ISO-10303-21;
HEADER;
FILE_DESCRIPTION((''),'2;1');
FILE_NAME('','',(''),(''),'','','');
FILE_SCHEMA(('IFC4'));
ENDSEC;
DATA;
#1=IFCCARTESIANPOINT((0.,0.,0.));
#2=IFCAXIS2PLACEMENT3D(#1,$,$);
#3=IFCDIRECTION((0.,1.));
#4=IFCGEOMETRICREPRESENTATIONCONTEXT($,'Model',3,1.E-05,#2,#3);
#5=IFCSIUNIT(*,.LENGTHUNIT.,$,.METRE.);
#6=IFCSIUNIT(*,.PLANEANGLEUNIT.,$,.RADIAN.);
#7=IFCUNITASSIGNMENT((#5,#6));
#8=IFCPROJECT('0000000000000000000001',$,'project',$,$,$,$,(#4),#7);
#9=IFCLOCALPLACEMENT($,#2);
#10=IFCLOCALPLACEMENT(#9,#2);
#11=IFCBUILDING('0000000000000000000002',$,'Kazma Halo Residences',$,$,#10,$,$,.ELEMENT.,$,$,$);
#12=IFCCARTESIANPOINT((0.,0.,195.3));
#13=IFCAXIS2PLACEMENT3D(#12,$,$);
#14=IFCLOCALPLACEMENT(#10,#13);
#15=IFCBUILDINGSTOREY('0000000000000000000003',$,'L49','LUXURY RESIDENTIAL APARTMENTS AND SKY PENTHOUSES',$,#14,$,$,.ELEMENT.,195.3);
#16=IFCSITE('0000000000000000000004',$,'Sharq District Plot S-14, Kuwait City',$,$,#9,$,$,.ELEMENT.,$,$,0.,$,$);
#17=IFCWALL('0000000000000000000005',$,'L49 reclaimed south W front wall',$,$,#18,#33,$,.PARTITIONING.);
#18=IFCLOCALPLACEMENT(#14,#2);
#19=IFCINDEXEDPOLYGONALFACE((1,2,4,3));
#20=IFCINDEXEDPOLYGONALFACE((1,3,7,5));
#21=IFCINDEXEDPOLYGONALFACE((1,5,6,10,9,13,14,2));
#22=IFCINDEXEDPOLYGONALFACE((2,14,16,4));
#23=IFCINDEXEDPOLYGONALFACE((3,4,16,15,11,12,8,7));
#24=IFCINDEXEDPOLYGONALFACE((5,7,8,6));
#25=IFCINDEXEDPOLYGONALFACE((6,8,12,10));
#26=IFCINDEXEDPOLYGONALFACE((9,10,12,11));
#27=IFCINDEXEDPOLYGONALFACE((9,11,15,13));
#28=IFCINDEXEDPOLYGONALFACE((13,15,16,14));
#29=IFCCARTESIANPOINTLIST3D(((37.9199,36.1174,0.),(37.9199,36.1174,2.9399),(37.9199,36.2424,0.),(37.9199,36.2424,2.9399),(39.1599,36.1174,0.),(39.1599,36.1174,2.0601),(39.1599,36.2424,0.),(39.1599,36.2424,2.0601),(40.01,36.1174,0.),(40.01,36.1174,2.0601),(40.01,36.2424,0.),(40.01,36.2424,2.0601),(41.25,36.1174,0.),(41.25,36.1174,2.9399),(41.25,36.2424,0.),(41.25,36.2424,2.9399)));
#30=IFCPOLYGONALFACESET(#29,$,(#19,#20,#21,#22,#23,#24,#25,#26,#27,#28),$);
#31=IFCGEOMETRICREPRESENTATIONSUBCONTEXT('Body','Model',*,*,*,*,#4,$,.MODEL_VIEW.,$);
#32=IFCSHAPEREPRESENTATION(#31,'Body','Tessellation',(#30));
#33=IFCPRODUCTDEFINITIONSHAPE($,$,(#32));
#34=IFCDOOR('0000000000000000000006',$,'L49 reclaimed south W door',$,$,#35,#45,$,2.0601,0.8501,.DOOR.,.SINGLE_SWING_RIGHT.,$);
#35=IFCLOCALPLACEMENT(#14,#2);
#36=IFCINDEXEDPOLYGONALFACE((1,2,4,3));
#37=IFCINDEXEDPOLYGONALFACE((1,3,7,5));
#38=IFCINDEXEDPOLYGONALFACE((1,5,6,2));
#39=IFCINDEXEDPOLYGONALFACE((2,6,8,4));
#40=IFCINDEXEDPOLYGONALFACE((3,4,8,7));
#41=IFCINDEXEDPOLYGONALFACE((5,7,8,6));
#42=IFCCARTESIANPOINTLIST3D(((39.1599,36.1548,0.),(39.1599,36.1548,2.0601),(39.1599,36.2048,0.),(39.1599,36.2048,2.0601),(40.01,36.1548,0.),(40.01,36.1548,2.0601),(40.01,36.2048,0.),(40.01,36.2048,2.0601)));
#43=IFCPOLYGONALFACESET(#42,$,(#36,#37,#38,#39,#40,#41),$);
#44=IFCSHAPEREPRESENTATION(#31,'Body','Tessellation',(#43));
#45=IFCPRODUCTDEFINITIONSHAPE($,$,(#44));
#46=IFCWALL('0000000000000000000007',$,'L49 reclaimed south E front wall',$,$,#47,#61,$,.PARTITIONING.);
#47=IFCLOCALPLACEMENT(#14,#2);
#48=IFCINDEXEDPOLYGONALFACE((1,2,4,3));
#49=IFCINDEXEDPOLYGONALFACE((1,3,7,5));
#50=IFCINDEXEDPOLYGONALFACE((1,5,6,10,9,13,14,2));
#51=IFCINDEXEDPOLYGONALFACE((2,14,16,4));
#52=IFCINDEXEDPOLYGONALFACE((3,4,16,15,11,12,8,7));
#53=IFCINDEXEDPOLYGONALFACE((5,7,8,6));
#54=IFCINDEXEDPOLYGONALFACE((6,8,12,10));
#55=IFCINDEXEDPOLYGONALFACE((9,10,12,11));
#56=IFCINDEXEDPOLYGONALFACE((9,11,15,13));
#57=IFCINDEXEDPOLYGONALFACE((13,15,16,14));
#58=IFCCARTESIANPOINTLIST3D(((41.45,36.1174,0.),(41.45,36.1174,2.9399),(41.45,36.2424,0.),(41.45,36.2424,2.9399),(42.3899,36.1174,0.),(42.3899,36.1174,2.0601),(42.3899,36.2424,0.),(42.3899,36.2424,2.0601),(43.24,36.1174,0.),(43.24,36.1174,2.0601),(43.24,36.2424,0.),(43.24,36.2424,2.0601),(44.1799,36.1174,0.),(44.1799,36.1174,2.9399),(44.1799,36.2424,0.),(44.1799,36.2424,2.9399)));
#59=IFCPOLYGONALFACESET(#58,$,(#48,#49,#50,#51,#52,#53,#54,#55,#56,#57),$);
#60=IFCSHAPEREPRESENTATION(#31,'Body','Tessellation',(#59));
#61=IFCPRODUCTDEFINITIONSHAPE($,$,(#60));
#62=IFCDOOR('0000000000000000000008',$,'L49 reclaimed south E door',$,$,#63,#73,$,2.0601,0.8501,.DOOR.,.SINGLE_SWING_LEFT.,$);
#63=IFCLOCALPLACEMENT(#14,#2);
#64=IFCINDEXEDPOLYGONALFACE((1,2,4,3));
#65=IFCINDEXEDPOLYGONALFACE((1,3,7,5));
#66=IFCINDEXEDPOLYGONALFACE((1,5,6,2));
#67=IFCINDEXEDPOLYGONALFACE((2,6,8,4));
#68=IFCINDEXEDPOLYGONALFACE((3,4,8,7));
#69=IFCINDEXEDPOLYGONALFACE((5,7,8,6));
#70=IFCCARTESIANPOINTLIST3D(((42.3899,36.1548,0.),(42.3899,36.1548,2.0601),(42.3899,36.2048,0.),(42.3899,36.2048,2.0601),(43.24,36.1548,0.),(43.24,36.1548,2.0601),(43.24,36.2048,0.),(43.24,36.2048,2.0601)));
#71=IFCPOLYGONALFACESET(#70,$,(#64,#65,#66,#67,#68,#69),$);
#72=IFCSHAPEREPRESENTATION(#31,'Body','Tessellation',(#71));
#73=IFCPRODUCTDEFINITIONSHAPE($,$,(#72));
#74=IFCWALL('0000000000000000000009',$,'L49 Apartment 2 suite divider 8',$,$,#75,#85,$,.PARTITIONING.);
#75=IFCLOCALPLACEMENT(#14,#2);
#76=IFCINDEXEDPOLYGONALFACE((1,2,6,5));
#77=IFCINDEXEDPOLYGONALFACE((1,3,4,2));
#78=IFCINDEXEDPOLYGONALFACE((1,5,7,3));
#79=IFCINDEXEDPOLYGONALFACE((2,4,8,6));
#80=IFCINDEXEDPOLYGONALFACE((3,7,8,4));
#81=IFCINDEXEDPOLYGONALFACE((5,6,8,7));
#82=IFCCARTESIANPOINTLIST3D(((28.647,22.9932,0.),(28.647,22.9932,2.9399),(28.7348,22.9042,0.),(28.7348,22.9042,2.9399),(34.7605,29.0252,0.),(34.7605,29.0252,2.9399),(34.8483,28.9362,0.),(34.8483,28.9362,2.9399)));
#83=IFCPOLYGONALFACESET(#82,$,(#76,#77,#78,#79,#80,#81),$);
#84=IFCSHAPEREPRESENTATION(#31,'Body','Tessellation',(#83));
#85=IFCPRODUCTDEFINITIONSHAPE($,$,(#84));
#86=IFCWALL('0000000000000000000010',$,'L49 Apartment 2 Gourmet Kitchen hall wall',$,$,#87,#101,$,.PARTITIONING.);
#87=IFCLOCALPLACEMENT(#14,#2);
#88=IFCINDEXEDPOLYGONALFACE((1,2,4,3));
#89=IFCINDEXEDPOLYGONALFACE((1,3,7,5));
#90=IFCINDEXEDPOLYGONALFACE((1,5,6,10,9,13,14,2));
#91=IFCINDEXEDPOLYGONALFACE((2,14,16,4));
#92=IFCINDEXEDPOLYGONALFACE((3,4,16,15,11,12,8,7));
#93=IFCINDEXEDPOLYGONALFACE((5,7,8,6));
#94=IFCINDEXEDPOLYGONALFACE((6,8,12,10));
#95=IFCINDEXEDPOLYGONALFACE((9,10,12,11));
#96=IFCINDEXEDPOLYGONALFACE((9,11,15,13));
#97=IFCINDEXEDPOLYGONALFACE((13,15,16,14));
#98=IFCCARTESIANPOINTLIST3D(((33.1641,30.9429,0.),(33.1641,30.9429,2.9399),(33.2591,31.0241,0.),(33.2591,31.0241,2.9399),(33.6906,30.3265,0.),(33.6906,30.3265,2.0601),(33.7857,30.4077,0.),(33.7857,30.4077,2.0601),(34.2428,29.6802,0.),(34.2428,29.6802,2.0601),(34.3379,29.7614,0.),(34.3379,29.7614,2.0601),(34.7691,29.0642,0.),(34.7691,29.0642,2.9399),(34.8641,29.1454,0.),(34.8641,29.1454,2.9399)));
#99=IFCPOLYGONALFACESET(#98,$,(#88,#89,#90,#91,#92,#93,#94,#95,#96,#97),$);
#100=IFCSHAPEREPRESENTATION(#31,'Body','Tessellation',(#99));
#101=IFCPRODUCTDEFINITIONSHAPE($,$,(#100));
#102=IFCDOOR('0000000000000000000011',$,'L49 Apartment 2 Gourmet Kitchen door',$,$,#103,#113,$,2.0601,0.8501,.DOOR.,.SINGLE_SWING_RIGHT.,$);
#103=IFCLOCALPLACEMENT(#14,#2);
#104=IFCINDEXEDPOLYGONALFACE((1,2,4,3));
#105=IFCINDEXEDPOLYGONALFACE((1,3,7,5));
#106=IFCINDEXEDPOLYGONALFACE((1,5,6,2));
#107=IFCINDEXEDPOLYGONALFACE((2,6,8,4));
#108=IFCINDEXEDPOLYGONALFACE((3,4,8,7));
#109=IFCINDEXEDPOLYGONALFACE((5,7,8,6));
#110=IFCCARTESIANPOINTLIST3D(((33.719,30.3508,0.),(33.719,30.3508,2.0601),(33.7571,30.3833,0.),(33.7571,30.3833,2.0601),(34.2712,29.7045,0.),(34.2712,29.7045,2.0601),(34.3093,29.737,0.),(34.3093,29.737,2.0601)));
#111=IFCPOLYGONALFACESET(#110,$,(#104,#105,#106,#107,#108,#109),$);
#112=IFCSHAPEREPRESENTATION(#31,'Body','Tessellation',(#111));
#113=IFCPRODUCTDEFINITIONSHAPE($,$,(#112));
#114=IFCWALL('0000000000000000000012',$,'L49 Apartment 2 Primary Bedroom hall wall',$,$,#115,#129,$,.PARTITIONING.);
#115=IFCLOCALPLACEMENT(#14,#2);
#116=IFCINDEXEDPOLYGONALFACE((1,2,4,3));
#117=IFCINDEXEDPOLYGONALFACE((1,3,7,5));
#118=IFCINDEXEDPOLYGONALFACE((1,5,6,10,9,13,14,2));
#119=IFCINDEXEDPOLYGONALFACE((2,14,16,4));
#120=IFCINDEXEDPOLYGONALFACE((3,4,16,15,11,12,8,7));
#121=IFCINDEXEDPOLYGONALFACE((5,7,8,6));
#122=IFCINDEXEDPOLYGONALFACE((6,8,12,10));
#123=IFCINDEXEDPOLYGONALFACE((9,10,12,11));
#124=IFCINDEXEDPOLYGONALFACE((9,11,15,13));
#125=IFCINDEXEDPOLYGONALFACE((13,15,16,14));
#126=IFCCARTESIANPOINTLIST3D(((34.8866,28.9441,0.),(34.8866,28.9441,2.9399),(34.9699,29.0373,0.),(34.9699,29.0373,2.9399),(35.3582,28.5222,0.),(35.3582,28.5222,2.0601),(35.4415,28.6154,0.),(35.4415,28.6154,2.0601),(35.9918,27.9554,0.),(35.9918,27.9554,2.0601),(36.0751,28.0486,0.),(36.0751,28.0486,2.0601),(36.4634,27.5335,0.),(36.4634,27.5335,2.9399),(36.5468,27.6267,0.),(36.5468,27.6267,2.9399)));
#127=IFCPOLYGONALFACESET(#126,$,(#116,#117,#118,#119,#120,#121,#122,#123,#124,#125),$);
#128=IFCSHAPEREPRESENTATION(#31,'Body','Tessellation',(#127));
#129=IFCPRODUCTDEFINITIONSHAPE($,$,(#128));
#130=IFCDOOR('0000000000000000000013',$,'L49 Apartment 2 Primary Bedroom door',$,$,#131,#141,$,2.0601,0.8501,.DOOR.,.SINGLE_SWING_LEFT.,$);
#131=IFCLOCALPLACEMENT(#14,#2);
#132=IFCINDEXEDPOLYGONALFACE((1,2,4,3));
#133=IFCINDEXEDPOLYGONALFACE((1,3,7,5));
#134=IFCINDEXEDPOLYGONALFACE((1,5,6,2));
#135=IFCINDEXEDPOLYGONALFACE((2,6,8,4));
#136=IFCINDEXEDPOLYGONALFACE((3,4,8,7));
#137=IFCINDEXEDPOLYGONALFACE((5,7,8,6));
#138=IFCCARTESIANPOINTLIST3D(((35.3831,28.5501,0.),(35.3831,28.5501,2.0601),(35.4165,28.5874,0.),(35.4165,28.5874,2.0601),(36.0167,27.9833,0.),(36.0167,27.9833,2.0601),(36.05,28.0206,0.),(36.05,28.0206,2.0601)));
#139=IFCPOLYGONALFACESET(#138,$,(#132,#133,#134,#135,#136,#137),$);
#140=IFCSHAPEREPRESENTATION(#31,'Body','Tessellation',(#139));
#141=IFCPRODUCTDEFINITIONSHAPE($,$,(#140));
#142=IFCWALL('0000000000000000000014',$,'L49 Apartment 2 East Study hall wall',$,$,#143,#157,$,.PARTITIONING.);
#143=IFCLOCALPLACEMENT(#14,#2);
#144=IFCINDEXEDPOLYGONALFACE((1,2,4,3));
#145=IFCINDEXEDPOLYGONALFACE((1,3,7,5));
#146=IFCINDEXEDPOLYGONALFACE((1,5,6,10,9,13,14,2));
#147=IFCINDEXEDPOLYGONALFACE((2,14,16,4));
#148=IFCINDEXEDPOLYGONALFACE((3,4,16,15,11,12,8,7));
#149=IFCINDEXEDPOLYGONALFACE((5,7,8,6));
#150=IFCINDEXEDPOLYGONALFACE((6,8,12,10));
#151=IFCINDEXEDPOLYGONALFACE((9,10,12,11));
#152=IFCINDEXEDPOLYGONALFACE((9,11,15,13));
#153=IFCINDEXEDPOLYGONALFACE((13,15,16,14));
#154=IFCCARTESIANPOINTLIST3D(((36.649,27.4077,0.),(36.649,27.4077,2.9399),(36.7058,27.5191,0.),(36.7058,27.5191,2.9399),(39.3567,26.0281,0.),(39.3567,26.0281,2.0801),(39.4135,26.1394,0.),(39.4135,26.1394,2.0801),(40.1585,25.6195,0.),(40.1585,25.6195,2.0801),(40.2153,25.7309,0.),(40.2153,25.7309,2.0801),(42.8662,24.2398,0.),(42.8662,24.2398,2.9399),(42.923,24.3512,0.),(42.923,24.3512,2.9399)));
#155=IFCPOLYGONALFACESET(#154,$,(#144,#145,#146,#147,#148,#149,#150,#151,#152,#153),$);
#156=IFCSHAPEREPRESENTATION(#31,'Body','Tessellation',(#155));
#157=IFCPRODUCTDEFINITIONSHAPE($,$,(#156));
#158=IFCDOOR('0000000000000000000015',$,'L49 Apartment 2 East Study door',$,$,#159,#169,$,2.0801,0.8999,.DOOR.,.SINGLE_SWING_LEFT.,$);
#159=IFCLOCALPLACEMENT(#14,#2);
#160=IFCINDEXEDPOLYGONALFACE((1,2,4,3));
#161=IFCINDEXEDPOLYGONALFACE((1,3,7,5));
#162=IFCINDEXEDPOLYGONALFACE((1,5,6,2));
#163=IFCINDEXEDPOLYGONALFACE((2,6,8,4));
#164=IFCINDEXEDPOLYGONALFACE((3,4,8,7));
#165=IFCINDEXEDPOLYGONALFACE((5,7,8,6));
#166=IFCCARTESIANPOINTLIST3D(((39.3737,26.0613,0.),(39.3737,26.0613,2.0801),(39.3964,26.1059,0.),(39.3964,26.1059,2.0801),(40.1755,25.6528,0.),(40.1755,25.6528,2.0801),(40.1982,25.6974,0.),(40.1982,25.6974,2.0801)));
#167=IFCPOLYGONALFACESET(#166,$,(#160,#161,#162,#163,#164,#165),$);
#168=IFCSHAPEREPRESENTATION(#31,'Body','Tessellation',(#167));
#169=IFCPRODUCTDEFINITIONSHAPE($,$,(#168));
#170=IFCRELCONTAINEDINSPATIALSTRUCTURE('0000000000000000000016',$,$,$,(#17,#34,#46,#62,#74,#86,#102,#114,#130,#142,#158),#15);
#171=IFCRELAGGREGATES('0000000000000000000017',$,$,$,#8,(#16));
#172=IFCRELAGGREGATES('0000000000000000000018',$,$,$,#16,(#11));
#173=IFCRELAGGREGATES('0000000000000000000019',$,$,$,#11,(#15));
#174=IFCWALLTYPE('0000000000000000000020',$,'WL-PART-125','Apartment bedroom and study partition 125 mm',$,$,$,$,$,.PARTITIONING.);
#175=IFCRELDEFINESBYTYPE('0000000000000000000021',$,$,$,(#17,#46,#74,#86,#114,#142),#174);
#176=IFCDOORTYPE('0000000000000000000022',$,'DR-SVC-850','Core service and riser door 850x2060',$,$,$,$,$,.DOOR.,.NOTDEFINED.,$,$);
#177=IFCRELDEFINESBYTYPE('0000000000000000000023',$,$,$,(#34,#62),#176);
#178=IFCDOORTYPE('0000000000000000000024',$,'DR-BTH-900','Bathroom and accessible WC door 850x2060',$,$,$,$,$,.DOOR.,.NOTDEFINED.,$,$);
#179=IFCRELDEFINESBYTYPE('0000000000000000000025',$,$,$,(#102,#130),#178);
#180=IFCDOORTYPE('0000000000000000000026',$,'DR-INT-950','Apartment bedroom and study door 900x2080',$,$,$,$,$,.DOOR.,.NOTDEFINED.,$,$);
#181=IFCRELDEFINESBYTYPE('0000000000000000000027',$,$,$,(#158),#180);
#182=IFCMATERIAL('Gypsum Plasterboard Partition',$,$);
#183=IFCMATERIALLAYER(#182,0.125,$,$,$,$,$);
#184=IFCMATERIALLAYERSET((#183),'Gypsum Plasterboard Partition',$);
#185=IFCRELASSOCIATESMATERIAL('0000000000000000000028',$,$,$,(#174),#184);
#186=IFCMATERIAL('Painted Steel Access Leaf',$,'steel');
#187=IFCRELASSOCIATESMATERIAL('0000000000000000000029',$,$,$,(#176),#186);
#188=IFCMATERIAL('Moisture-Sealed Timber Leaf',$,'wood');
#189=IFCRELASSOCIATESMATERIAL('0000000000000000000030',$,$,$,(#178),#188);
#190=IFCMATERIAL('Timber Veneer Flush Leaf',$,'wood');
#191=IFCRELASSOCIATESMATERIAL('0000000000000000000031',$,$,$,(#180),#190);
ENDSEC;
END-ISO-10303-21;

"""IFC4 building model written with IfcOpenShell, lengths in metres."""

from ifc_helpers import new_model, si_unit, direction, frame, frame_2d, origin, place, context, subcontext, project, spatial, rectangle, extrude, material, layer, layer_set, type_object, element, fill, save


model = new_model("IFC4")

# Units and contexts
model_context = context("Model", 3, precision=1e-05, world=origin(), true_north=direction((0.0, 1.0)))
body_context = subcontext(model_context, "Body", "Model", "MODEL_VIEW")
ifc_project = project(units=[si_unit("LENGTHUNIT", "METRE"), si_unit("PLANEANGLEUNIT", "RADIAN")], contexts=[model_context])

# Site, building, storey
site_placement = place(None, origin())
site = spatial("IfcSite", under=ifc_project, at=site_placement, Name="Sharq District Plot S-14, Kuwait City", CompositionType="ELEMENT", RefElevation=0.0)
building_placement = place(site_placement, origin())
building = spatial("IfcBuilding", under=site, at=building_placement, Name="Kazma Halo Residences", CompositionType="ELEMENT")
storey_placement = place(building_placement, frame((0.0, 0.0, 195.3)))
storey = spatial("IfcBuildingStorey", under=building, at=storey_placement, Name="L49", Description="LUXURY RESIDENTIAL APARTMENTS AND SKY PENTHOUSES", CompositionType="ELEMENT", Elevation=195.3)

# Shared definitions
ifc_material_1 = material(Name="Gypsum Plasterboard Partition")
ifc_layer_1 = layer(ifc_material_1, 0.125)
ifc_layer_set_1 = layer_set([ifc_layer_1], Name="Gypsum Plasterboard Partition")
wall_type_1 = type_object("IfcWallType", Name="WL-PART-125", Description="Apartment bedroom and study partition 125 mm", PredefinedType="PARTITIONING", material=ifc_layer_set_1)

# Walls, openings, doors
wall_1_placement = place(storey_placement, frame((37.9199, 36.1799, 0.0), z_axis=(0.0, 0.0, 1.0), x_axis=(1.0, 0.0, 0.0)))
wall_1 = element("IfcWall", 1, at=wall_1_placement, inside=storey, type_object=wall_type_1, Name="L49 reclaimed south W front wall", PredefinedType="PARTITIONING", context=body_context, shape_type="SweptSolid", body=[
    extrude(rectangle(XDim=3.3301, YDim=0.125, at=frame_2d((1.665, 0.0))), origin(), (0.0, 0.0, 1.0), 2.9399),
])
opening_1_placement = place(wall_1_placement, frame((1.24, 0.0, 0.0)))
opening_1 = element("IfcOpeningElement", 2, at=opening_1_placement, cuts=wall_1, PredefinedType="OPENING", context=body_context, shape_type="SweptSolid", body=[
    extrude(rectangle(XDim=0.8501, YDim=2.0601, at=frame_2d((0.425, 1.03))), frame((0.0, 0.0725, 0.0), z_axis=(0.0, -1.0, 0.0), x_axis=(1.0, 0.0, 0.0)), (0.0, 0.0, 1.0), 0.145),
])
ifc_material_2 = material(Name="Painted Steel Access Leaf", Category="steel")
door_type_1 = type_object("IfcDoorType", Name="DR-SVC-850", Description="Core service and riser door 850x2060", OperationType="NOTDEFINED", PredefinedType="DOOR", material=ifc_material_2)
door_1_placement = place(opening_1_placement, origin())
door_1 = element("IfcDoor", 3, at=door_1_placement, inside=storey, type_object=door_type_1, Name="L49 reclaimed south W door", OperationType="SINGLE_SWING_RIGHT", OverallHeight=2.0601, OverallWidth=0.8501, PredefinedType="DOOR", context=body_context, shape_type="SweptSolid", body=[
    extrude(rectangle(XDim=0.8501, YDim=2.0601, at=frame_2d((0.425, 1.03))), frame((0.0, 0.0249, 0.0), z_axis=(0.0, -1.0, 0.0), x_axis=(1.0, 0.0, 0.0)), (0.0, 0.0, 1.0), 0.05),
])
fill(opening_1, door_1)
wall_2_placement = place(storey_placement, frame((41.45, 36.1799, 0.0), z_axis=(0.0, 0.0, 1.0), x_axis=(1.0, 0.0, 0.0)))
wall_2 = element("IfcWall", 4, at=wall_2_placement, inside=storey, type_object=wall_type_1, Name="L49 reclaimed south E front wall", PredefinedType="PARTITIONING", context=body_context, shape_type="SweptSolid", body=[
    extrude(rectangle(XDim=2.73, YDim=0.125, at=frame_2d((1.365, 0.0))), origin(), (0.0, 0.0, 1.0), 2.9399),
])
opening_2_placement = place(wall_2_placement, frame((0.9399, 0.0, 0.0)))
opening_2 = element("IfcOpeningElement", 5, at=opening_2_placement, cuts=wall_2, PredefinedType="OPENING", context=body_context, shape_type="SweptSolid", body=[
    extrude(rectangle(XDim=0.8501, YDim=2.0601, at=frame_2d((0.425, 1.03))), frame((0.0, 0.0725, 0.0), z_axis=(0.0, -1.0, 0.0), x_axis=(1.0, 0.0, 0.0)), (0.0, 0.0, 1.0), 0.145),
])
door_2_placement = place(opening_2_placement, origin())
door_2 = element("IfcDoor", 6, at=door_2_placement, inside=storey, type_object=door_type_1, Name="L49 reclaimed south E door", OperationType="SINGLE_SWING_LEFT", OverallHeight=2.0601, OverallWidth=0.8501, PredefinedType="DOOR", context=body_context, shape_type="SweptSolid", body=[
    extrude(rectangle(XDim=0.8501, YDim=2.0601, at=frame_2d((0.425, 1.03))), frame((0.0, 0.0249, 0.0), z_axis=(0.0, -1.0, 0.0), x_axis=(1.0, 0.0, 0.0)), (0.0, 0.0, 1.0), 0.05),
])
fill(opening_2, door_2)

# Wall
wall_3_placement = place(storey_placement, frame((34.8044, 28.9807, 0.0), z_axis=(0.0, 0.0, 1.0), x_axis=(-0.711838, -0.702344, 0.0)))
element("IfcWall", 7, at=wall_3_placement, inside=storey, type_object=wall_type_1, Name="L49 Apartment 2 suite divider 8", PredefinedType="PARTITIONING", context=body_context, shape_type="SweptSolid", body=[
    extrude(rectangle(XDim=8.5884, YDim=0.125, at=frame_2d((4.2942, 0.0))), origin(), (0.0, 0.0, 1.0), 2.9399),
])

# Walls, openings, doors
wall_4_placement = place(storey_placement, frame((33.2117, 30.9834, 0.0), z_axis=(0.0, 0.0, 1.0), x_axis=(0.649554, -0.760316, 0.0)))
wall_4 = element("IfcWall", 8, at=wall_4_placement, inside=storey, type_object=wall_type_1, Name="L49 Apartment 2 Gourmet Kitchen hall wall", PredefinedType="PARTITIONING", context=body_context, shape_type="SweptSolid", body=[
    extrude(rectangle(XDim=2.4709, YDim=0.125, at=frame_2d((1.2354, 0.0))), origin(), (0.0, 0.0, 1.0), 2.9399),
])
opening_3_placement = place(wall_4_placement, frame((0.8105, 0.0, 0.0)))
opening_3 = element("IfcOpeningElement", 9, at=opening_3_placement, cuts=wall_4, PredefinedType="OPENING", context=body_context, shape_type="SweptSolid", body=[
    extrude(rectangle(XDim=0.8501, YDim=2.0601, at=frame_2d((0.425, 1.03))), frame((0.0, 0.0725, 0.0), z_axis=(0.0, -1.0, 0.0), x_axis=(1.0, 0.0, 0.0)), (0.0, 0.0, 1.0), 0.145),
])
ifc_material_3 = material(Name="Moisture-Sealed Timber Leaf", Category="wood")
door_type_2 = type_object("IfcDoorType", Name="DR-BTH-900", Description="Bathroom and accessible WC door 850x2060", OperationType="NOTDEFINED", PredefinedType="DOOR", material=ifc_material_3)
door_3_placement = place(opening_3_placement, origin())
door_3 = element("IfcDoor", 10, at=door_3_placement, inside=storey, type_object=door_type_2, Name="L49 Apartment 2 Gourmet Kitchen door", OperationType="SINGLE_SWING_RIGHT", OverallHeight=2.0601, OverallWidth=0.8501, PredefinedType="DOOR", context=body_context, shape_type="SweptSolid", body=[
    extrude(rectangle(XDim=0.8501, YDim=2.0601, at=frame_2d((0.425, 1.03))), frame((0.0, 0.0249, 0.0), z_axis=(0.0, -1.0, 0.0), x_axis=(1.0, 0.0, 0.0)), (0.0, 0.0, 1.0), 0.05),
])
fill(opening_3, door_3)
wall_5_placement = place(storey_placement, frame((34.9282, 28.9907, 0.0), z_axis=(0.0, 0.0, 1.0), x_axis=(0.745305, -0.666724, 0.0)))
wall_5 = element("IfcWall", 11, at=wall_5_placement, inside=storey, type_object=wall_type_1, Name="L49 Apartment 2 Primary Bedroom hall wall", PredefinedType="PARTITIONING", context=body_context, shape_type="SweptSolid", body=[
    extrude(rectangle(XDim=2.1157, YDim=0.125, at=frame_2d((1.0579, 0.0))), origin(), (0.0, 0.0, 1.0), 2.9399),
])
opening_4_placement = place(wall_5_placement, frame((0.6328, 0.0, 0.0)))
opening_4 = element("IfcOpeningElement", 12, at=opening_4_placement, cuts=wall_5, PredefinedType="OPENING", context=body_context, shape_type="SweptSolid", body=[
    extrude(rectangle(XDim=0.8501, YDim=2.0601, at=frame_2d((0.425, 1.03))), frame((0.0, 0.0725, 0.0), z_axis=(0.0, -1.0, 0.0), x_axis=(1.0, 0.0, 0.0)), (0.0, 0.0, 1.0), 0.145),
])
door_4_placement = place(opening_4_placement, origin())
door_4 = element("IfcDoor", 13, at=door_4_placement, inside=storey, type_object=door_type_2, Name="L49 Apartment 2 Primary Bedroom door", OperationType="SINGLE_SWING_LEFT", OverallHeight=2.0601, OverallWidth=0.8501, PredefinedType="DOOR", context=body_context, shape_type="SweptSolid", body=[
    extrude(rectangle(XDim=0.8501, YDim=2.0601, at=frame_2d((0.425, 1.03))), frame((0.0, 0.0249, 0.0), z_axis=(0.0, -1.0, 0.0), x_axis=(1.0, 0.0, 0.0)), (0.0, 0.0, 1.0), 0.05),
])
fill(opening_4, door_4)
wall_6_placement = place(storey_placement, frame((36.6775, 27.4634, 0.0), z_axis=(0.0, 0.0, 1.0), x_axis=(0.891001, -0.454002, 0.0)))
wall_6 = element("IfcWall", 14, at=wall_6_placement, inside=storey, type_object=wall_type_1, Name="L49 Apartment 2 East Study hall wall", PredefinedType="PARTITIONING", context=body_context, shape_type="SweptSolid", body=[
    extrude(rectangle(XDim=6.9778, YDim=0.125, at=frame_2d((3.4888, 0.0))), origin(), (0.0, 0.0, 1.0), 2.9399),
])
opening_5_placement = place(wall_6_placement, frame((3.0388, 0.0, 0.0)))
opening_5 = element("IfcOpeningElement", 15, at=opening_5_placement, cuts=wall_6, PredefinedType="OPENING", context=body_context, shape_type="SweptSolid", body=[
    extrude(rectangle(XDim=0.8999, YDim=2.0801, at=frame_2d((0.45, 1.04))), frame((0.0, 0.0725, 0.0), z_axis=(0.0, -1.0, 0.0), x_axis=(1.0, 0.0, 0.0)), (0.0, 0.0, 1.0), 0.145),
])
ifc_material_4 = material(Name="Timber Veneer Flush Leaf", Category="wood")
door_type_3 = type_object("IfcDoorType", Name="DR-INT-950", Description="Apartment bedroom and study door 900x2080", OperationType="NOTDEFINED", PredefinedType="DOOR", material=ifc_material_4)
door_5_placement = place(opening_5_placement, origin())
door_5 = element("IfcDoor", 16, at=door_5_placement, inside=storey, type_object=door_type_3, Name="L49 Apartment 2 East Study door", OperationType="SINGLE_SWING_LEFT", OverallHeight=2.0801, OverallWidth=0.8999, PredefinedType="DOOR", context=body_context, shape_type="SweptSolid", body=[
    extrude(rectangle(XDim=0.8999, YDim=2.0801, at=frame_2d((0.45, 1.04))), frame((0.0, 0.0249, 0.0), z_axis=(0.0, -1.0, 0.0), x_axis=(1.0, 0.0, 0.0)), (0.0, 0.0, 1.0), 0.05),
])
fill(opening_5, door_5)

save(model, "model.ifc")
